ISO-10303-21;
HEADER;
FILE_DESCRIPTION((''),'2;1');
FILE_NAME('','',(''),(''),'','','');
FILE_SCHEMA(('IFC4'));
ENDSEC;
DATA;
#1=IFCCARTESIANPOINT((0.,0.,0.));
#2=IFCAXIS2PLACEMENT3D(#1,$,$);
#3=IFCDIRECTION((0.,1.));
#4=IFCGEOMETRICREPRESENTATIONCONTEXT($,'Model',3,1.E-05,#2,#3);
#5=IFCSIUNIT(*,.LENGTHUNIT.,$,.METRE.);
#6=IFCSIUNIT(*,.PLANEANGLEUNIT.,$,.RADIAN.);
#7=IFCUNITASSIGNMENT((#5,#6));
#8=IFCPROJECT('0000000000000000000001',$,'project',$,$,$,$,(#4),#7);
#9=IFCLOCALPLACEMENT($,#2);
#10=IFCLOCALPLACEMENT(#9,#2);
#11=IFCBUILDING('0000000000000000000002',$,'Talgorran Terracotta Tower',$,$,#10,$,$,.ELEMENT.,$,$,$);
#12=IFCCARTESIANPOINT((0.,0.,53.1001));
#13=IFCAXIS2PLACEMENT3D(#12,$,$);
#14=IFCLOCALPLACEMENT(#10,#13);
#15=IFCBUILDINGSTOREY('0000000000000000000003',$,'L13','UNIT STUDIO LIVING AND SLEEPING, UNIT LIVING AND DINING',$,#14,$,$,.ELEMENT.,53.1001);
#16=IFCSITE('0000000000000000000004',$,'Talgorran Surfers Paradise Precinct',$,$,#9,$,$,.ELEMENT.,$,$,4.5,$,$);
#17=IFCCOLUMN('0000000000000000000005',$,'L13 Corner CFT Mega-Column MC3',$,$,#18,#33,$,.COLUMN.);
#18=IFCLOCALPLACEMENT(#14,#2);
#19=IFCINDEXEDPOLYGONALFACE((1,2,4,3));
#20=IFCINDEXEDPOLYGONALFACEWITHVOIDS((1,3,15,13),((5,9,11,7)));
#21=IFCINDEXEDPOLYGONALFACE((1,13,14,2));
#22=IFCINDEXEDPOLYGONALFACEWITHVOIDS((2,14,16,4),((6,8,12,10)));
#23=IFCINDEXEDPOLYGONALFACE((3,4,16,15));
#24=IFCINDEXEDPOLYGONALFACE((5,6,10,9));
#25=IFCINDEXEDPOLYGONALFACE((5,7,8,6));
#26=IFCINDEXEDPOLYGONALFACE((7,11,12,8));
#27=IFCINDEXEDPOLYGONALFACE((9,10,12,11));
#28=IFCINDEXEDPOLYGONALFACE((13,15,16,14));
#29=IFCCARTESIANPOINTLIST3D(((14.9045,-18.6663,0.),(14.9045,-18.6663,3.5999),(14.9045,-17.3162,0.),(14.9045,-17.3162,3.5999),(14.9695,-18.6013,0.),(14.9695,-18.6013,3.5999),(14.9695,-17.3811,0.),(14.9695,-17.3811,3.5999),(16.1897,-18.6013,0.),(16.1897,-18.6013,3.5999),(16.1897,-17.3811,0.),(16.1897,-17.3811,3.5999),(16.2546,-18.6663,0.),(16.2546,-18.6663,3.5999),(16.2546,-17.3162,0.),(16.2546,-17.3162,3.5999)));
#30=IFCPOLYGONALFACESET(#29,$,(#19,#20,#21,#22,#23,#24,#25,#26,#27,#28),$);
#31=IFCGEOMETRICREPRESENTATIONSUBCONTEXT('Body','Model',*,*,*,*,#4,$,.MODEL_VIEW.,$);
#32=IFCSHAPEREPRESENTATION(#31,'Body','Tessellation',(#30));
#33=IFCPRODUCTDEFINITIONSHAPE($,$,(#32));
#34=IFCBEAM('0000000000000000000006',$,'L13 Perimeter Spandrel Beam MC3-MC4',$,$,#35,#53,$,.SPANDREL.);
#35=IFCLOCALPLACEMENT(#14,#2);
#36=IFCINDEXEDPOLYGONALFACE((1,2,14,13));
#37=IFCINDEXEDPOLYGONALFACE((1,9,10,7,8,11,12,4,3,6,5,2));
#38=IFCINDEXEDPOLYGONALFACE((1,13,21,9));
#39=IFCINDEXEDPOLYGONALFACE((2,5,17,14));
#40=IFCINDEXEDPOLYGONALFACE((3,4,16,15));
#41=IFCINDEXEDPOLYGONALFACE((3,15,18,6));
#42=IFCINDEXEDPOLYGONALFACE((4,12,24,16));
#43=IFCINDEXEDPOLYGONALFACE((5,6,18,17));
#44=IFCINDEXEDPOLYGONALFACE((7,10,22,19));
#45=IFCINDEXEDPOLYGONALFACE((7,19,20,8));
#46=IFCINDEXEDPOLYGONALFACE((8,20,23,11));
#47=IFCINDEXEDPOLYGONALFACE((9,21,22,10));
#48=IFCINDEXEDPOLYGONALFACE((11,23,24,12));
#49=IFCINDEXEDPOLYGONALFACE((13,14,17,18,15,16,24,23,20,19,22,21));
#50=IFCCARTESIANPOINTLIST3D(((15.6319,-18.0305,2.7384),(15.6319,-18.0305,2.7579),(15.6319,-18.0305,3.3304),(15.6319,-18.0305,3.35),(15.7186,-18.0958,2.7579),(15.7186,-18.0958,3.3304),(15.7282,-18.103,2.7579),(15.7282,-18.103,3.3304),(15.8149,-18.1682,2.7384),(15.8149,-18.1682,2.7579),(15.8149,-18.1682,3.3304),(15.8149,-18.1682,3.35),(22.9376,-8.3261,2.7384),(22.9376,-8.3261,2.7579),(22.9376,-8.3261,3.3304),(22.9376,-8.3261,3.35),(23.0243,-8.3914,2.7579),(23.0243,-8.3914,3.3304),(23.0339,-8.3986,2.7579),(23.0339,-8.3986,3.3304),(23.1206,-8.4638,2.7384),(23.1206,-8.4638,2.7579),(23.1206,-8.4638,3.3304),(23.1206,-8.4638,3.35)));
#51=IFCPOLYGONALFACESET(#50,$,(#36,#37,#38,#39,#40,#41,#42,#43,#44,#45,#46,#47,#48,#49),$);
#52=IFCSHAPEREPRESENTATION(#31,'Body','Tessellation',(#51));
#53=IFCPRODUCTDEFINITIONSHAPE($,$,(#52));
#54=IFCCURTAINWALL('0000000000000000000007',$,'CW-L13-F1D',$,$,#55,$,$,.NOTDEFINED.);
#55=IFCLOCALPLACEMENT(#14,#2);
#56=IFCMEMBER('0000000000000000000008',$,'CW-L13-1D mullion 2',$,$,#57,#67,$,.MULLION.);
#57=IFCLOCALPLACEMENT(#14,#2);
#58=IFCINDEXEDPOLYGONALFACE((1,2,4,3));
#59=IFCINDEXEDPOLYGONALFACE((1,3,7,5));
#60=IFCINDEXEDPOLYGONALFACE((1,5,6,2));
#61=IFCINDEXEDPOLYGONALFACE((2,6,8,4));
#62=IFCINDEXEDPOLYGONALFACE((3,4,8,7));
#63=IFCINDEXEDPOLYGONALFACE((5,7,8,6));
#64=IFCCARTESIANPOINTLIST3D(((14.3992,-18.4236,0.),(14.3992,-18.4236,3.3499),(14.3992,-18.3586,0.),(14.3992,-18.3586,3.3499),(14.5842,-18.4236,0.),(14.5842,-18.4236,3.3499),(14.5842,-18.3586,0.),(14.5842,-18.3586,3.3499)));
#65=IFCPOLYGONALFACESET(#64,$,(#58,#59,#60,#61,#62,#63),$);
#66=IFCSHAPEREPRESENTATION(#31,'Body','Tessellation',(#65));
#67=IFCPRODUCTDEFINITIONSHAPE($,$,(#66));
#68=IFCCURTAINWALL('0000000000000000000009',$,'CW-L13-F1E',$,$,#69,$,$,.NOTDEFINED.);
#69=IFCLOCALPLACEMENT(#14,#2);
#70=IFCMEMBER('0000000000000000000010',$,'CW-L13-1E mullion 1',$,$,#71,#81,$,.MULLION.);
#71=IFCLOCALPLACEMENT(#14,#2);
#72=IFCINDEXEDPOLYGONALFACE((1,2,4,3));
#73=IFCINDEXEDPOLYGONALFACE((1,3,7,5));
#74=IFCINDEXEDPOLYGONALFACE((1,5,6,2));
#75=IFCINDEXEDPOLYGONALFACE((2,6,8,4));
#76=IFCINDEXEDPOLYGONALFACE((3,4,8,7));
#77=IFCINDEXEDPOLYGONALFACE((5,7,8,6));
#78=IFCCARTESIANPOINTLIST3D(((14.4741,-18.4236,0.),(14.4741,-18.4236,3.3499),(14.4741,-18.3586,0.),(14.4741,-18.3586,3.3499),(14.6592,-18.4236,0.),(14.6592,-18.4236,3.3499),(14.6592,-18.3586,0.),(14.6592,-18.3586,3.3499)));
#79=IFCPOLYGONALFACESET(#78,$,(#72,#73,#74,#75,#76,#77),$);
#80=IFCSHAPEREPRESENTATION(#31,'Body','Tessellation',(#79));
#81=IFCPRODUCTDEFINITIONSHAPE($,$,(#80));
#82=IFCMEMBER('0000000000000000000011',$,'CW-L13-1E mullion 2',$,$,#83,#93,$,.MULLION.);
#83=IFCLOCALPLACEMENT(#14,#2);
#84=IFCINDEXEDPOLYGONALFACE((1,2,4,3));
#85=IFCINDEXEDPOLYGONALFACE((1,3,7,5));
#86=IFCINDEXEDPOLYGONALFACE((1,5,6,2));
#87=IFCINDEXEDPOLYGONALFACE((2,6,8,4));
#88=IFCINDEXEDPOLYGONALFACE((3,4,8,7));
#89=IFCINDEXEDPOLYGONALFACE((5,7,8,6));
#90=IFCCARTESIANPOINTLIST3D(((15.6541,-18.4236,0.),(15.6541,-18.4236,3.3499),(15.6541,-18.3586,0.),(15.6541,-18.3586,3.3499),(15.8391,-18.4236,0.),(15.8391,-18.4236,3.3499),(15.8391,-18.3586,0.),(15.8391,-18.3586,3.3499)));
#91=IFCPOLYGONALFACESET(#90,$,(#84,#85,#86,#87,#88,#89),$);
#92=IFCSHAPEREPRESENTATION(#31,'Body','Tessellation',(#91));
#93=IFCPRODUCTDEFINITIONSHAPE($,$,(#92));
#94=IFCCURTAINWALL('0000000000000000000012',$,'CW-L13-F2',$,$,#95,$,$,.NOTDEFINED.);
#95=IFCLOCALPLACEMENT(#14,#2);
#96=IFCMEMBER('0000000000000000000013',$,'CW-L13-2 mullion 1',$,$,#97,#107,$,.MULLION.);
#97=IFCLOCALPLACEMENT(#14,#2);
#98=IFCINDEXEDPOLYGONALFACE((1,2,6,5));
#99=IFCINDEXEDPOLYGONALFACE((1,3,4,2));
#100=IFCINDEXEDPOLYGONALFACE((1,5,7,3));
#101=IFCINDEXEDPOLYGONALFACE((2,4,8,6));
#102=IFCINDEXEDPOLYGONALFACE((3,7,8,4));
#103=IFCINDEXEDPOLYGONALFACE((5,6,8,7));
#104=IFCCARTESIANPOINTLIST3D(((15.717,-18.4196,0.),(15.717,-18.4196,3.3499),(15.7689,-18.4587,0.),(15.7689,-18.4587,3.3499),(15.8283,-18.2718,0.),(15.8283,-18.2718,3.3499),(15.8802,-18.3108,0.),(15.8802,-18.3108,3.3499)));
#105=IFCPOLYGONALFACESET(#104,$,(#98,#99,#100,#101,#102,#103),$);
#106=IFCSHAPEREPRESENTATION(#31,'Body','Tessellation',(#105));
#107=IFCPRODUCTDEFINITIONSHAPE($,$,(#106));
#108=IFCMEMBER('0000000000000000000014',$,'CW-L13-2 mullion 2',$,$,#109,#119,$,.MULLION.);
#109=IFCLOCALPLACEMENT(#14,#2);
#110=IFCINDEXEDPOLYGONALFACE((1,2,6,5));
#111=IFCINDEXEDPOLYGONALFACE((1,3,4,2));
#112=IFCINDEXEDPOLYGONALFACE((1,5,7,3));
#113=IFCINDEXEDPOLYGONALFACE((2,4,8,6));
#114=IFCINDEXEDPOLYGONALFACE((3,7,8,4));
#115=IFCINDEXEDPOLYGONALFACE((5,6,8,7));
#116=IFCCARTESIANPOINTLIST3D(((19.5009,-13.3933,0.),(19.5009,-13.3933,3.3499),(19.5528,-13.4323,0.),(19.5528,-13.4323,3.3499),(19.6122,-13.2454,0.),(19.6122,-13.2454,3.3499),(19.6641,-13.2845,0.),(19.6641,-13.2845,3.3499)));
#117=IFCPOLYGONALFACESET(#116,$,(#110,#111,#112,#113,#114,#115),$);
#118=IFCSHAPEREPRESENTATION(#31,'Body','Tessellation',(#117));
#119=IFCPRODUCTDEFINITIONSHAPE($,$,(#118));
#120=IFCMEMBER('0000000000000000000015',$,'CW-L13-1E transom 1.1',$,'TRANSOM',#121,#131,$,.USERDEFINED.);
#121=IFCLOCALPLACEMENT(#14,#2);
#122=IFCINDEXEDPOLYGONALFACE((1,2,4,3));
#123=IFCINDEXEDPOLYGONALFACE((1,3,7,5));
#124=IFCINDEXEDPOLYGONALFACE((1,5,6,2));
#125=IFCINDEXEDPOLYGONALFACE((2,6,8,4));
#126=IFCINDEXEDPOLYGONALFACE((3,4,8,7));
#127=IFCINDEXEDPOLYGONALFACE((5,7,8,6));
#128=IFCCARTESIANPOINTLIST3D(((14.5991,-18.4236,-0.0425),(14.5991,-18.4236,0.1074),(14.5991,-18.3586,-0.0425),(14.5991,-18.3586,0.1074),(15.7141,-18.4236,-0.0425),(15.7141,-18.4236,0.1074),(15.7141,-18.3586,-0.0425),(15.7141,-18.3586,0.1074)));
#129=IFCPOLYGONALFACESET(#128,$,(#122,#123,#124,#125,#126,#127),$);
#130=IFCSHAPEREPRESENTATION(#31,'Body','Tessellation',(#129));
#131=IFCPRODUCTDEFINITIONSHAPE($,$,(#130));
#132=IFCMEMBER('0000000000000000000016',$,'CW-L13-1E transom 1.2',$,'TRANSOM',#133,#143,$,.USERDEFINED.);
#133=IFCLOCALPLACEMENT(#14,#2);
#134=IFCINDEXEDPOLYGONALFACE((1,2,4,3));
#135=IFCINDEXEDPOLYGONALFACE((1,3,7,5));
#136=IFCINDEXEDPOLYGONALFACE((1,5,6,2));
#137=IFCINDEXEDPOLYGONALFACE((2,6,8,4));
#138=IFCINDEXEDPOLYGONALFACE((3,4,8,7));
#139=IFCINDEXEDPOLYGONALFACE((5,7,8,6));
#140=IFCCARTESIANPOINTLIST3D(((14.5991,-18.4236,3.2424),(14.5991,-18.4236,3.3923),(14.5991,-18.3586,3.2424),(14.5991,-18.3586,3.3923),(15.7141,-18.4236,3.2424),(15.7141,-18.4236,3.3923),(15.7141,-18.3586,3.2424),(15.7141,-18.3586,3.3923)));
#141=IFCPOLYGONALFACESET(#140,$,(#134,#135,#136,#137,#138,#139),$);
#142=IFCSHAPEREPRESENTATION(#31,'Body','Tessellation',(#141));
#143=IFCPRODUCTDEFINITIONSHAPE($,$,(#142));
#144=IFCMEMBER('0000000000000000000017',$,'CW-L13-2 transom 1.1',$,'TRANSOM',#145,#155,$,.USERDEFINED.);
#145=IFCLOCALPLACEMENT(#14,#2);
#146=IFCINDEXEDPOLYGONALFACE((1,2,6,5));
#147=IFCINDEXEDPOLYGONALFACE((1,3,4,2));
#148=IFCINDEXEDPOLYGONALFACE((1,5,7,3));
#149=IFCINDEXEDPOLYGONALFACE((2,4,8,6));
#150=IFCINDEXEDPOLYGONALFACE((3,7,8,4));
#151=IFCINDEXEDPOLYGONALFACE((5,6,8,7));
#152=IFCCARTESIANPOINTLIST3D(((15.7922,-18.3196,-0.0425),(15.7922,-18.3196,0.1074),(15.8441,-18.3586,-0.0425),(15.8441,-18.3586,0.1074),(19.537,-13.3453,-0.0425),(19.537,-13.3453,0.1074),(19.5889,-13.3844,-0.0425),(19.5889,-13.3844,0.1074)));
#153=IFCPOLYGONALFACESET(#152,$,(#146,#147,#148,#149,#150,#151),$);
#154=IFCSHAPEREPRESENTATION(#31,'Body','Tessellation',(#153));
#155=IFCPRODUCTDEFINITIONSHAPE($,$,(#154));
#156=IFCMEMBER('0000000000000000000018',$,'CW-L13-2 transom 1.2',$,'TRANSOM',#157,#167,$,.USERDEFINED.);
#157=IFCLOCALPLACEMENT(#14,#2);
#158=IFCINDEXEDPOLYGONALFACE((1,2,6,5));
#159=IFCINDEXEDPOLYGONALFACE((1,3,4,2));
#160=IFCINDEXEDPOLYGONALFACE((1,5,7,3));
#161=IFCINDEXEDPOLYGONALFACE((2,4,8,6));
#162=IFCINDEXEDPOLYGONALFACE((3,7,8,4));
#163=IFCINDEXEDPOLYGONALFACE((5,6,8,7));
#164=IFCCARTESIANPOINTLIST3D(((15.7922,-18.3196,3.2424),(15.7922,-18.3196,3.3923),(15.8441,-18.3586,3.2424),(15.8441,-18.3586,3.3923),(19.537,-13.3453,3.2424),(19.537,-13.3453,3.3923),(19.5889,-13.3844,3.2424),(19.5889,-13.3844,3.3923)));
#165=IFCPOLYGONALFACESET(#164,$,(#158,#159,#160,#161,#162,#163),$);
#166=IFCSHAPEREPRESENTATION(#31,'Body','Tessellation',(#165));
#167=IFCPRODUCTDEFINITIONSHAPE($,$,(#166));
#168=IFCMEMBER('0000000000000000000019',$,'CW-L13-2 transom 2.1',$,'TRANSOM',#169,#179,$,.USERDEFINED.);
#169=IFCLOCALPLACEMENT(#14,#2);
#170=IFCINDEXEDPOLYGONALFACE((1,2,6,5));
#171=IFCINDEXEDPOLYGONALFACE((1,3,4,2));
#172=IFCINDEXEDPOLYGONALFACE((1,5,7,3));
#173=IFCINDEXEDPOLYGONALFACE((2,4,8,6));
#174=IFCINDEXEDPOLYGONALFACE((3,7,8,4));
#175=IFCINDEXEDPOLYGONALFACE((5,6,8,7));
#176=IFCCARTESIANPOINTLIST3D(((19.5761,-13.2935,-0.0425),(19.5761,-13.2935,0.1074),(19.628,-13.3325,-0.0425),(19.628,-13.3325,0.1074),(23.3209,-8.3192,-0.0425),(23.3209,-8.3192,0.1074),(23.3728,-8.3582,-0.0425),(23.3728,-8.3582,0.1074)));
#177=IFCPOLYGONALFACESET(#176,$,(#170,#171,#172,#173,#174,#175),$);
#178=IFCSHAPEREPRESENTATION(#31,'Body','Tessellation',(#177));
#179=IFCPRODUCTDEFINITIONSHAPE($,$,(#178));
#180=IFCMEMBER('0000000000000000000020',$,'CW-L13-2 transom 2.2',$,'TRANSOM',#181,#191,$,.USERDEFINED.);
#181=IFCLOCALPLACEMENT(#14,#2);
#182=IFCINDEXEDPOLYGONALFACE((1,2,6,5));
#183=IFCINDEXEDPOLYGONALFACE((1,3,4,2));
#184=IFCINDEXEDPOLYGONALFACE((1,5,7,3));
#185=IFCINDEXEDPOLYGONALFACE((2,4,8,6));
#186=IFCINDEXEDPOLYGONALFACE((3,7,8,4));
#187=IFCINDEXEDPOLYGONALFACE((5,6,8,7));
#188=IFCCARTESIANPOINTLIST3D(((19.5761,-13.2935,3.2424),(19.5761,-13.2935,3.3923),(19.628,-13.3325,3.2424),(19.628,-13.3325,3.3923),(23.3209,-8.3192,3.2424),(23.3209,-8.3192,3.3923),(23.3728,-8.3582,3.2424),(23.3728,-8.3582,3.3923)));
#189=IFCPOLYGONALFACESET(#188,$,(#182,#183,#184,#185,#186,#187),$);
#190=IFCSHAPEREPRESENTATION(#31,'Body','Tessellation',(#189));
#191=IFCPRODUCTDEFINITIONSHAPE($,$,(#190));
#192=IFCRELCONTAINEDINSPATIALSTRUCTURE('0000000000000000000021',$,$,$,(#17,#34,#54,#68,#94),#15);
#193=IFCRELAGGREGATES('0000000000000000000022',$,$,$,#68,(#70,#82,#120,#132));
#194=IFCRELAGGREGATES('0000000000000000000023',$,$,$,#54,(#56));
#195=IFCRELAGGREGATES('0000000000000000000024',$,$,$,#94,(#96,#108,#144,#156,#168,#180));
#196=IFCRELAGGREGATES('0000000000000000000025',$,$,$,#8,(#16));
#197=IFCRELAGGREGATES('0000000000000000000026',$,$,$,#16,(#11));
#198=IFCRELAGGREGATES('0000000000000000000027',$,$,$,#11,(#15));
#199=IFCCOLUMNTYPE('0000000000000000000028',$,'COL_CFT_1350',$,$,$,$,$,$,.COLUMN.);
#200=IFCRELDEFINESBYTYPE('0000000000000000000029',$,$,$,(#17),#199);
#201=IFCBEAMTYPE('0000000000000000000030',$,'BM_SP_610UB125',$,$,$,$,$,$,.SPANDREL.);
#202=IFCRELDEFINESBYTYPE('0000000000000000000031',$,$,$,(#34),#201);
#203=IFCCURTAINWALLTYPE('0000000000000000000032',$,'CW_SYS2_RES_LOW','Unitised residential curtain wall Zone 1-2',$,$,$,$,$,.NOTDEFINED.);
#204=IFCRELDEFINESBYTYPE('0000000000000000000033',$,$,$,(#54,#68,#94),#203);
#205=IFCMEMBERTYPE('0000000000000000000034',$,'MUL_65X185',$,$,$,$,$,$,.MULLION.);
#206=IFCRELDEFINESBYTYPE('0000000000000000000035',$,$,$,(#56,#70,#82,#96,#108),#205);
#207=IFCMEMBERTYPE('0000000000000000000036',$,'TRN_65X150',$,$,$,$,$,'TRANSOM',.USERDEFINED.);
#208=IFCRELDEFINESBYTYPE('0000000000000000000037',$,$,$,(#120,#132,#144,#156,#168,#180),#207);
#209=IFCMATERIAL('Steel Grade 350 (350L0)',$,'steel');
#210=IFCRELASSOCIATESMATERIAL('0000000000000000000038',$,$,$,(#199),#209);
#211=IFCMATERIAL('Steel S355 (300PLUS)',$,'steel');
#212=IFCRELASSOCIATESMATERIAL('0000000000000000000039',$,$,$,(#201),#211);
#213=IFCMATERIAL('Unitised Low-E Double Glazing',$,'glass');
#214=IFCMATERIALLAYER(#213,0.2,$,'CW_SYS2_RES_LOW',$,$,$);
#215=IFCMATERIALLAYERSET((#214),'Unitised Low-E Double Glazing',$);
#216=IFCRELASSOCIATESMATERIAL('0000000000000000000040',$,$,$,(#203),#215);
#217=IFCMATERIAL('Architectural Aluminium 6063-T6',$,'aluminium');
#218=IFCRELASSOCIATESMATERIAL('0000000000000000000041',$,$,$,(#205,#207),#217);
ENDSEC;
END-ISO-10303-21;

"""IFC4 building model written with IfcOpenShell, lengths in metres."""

from ifc_helpers import new_model, si_unit, direction, frame, origin, origin_2d, place, context, subcontext, project, spatial, rectangle, hollow_rectangle, i_section, extrude, material, layer, layer_set, material_profile, profile_set, type_object, element, aggregate, save


model = new_model("IFC4")

# Units and contexts
model_context = context("Model", 3, precision=1e-05, world=origin(), true_north=direction((0.0, 1.0)))
body_context = subcontext(model_context, "Body", "Model", "MODEL_VIEW")
ifc_project = project(units=[si_unit("LENGTHUNIT", "METRE"), si_unit("PLANEANGLEUNIT", "RADIAN")], contexts=[model_context])

# Site, building, storey
site_placement = place(None, origin())
site = spatial("IfcSite", under=ifc_project, at=site_placement, Name="Talgorran Surfers Paradise Precinct", CompositionType="ELEMENT", RefElevation=4.5)
building_placement = place(site_placement, origin())
building = spatial("IfcBuilding", under=site, at=building_placement, Name="Talgorran Terracotta Tower", CompositionType="ELEMENT")
storey_placement = place(building_placement, frame((0.0, 0.0, 53.1001)))
storey = spatial("IfcBuildingStorey", under=building, at=storey_placement, Name="L13", Description="UNIT STUDIO LIVING AND SLEEPING, UNIT LIVING AND DINING", CompositionType="ELEMENT", Elevation=53.1001)

# Column
ifc_material_1 = material(Name="Steel Grade 350 (350L0)", Category="steel")
ifc_material_profile_1 = material_profile(ifc_material_1, hollow_rectangle(XDim=1.3501, YDim=1.3501, WallThickness=0.0649, at=origin_2d()), Name="CFT1350X1350X65")
ifc_profile_set_1 = profile_set([ifc_material_profile_1], Name="Steel Grade 350 (350L0)")
column_type = type_object("IfcColumnType", Name="COL_CFT_1350", PredefinedType="COLUMN", material=ifc_profile_set_1)
column_placement = place(storey_placement, frame((15.5796, -17.9912, 0.0), z_axis=(0.0, 0.0, 1.0), x_axis=(1.0, 0.0, 0.0)))
element("IfcColumn", 1, at=column_placement, inside=storey, type_object=column_type, Name="L13 Corner CFT Mega-Column MC3", PredefinedType="COLUMN", context=body_context, shape_type="SweptSolid", body=[
    extrude(hollow_rectangle(XDim=1.3501, YDim=1.3501, WallThickness=0.0649, at=origin_2d()), origin(), (0.0, 0.0, 1.0), 3.5999),
])

# Beam
ifc_material_2 = material(Name="Steel S355 (300PLUS)", Category="steel")
ifc_material_profile_2 = material_profile(ifc_material_2, i_section(OverallWidth=0.229, OverallDepth=0.6116, WebThickness=0.012, FlangeThickness=0.0195, at=origin_2d()), Name="610UB125")
ifc_profile_set_2 = profile_set([ifc_material_profile_2], Name="Steel S355 (300PLUS)")
beam_type = type_object("IfcBeamType", Name="BM_SP_610UB125", PredefinedType="SPANDREL", material=ifc_profile_set_2)
beam_placement = place(storey_placement, frame((15.7234, -18.0994, 3.0442), z_axis=(0.601443, 0.798916, 0.0), x_axis=(-0.798916, 0.601443, 0.0)))
element("IfcBeam", 2, at=beam_placement, inside=storey, type_object=beam_type, Name="L13 Perimeter Spandrel Beam MC3-MC4", PredefinedType="SPANDREL", context=body_context, shape_type="SweptSolid", body=[
    extrude(i_section(OverallWidth=0.229, OverallDepth=0.6116, WebThickness=0.012, FlangeThickness=0.0195, at=origin_2d()), origin(), (0.0, 0.0, 1.0), 12.147),
])

# Curtain wall, member
ifc_material_3 = material(Name="Unitised Low-E Double Glazing", Category="glass")
ifc_layer_1 = layer(ifc_material_3, 0.2, Name="CW_SYS2_RES_LOW")
ifc_layer_set_1 = layer_set([ifc_layer_1], Name="Unitised Low-E Double Glazing")
curtain_wall_type = type_object("IfcCurtainWallType", Name="CW_SYS2_RES_LOW", Description="Unitised residential curtain wall Zone 1-2", PredefinedType="NOTDEFINED", material=ifc_layer_set_1)
curtain_wall_1_placement = place(storey_placement, origin())
curtain_wall_1 = element("IfcCurtainWall", 3, at=curtain_wall_1_placement, inside=storey, type_object=curtain_wall_type, Name="CW-L13-F1D", PredefinedType="NOTDEFINED")
ifc_material_4 = material(Name="Architectural Aluminium 6063-T6", Category="aluminium")
ifc_material_profile_3 = material_profile(ifc_material_4, rectangle(XDim=0.0649, YDim=0.1851, at=origin_2d()), Name="CWM65X185")
ifc_profile_set_3 = profile_set([ifc_material_profile_3], Name="Architectural Aluminium 6063-T6")
member_type_1 = type_object("IfcMemberType", Name="MUL_65X185", PredefinedType="MULLION", material=ifc_profile_set_3)
member_1_placement = place(storey_placement, frame((14.4917, -18.3911, 0.0), z_axis=(0.0, 0.0, 1.0), x_axis=(0.0, 1.0, 0.0)))
member_1 = element("IfcMember", 4, at=member_1_placement, type_object=member_type_1, Name="CW-L13-1D mullion 2", PredefinedType="MULLION", context=body_context, shape_type="SweptSolid", body=[
    extrude(rectangle(XDim=0.0649, YDim=0.1851, at=origin_2d()), origin(), (0.0, 0.0, 1.0), 3.3499),
])

# Curtain walls, members
curtain_wall_2_placement = place(storey_placement, origin())
curtain_wall_2 = element("IfcCurtainWall", 5, at=curtain_wall_2_placement, inside=storey, type_object=curtain_wall_type, Name="CW-L13-F1E", PredefinedType="NOTDEFINED")
member_2_placement = place(storey_placement, frame((14.5667, -18.3911, 0.0), z_axis=(0.0, 0.0, 1.0), x_axis=(0.0, 1.0, 0.0)))
member_2 = element("IfcMember", 6, at=member_2_placement, type_object=member_type_1, Name="CW-L13-1E mullion 1", PredefinedType="MULLION", context=body_context, shape_type="SweptSolid", body=[
    extrude(rectangle(XDim=0.0649, YDim=0.1851, at=origin_2d()), origin(), (0.0, 0.0, 1.0), 3.3499),
])
member_3_placement = place(storey_placement, frame((15.7466, -18.3911, 0.0), z_axis=(0.0, 0.0, 1.0), x_axis=(0.0, 1.0, 0.0)))
member_3 = element("IfcMember", 7, at=member_3_placement, type_object=member_type_1, Name="CW-L13-1E mullion 2", PredefinedType="MULLION", context=body_context, shape_type="SweptSolid", body=[
    extrude(rectangle(XDim=0.0649, YDim=0.1851, at=origin_2d()), origin(), (0.0, 0.0, 1.0), 3.3499),
])
curtain_wall_3_placement = place(storey_placement, origin())
curtain_wall_3 = element("IfcCurtainWall", 8, at=curtain_wall_3_placement, inside=storey, type_object=curtain_wall_type, Name="CW-L13-F2", PredefinedType="NOTDEFINED")
member_4_placement = place(storey_placement, frame((15.7986, -18.3652, 0.0), z_axis=(0.0, 0.0, 1.0), x_axis=(-0.798916, 0.601442, 0.0)))
member_4 = element("IfcMember", 9, at=member_4_placement, type_object=member_type_1, Name="CW-L13-2 mullion 1", PredefinedType="MULLION", context=body_context, shape_type="SweptSolid", body=[
    extrude(rectangle(XDim=0.0649, YDim=0.1851, at=origin_2d()), origin(), (0.0, 0.0, 1.0), 3.3499),
])
member_5_placement = place(storey_placement, frame((19.5825, -13.3389, 0.0), z_axis=(0.0, 0.0, 1.0), x_axis=(-0.798916, 0.601442, 0.0)))
member_5 = element("IfcMember", 10, at=member_5_placement, type_object=member_type_1, Name="CW-L13-2 mullion 2", PredefinedType="MULLION", context=body_context, shape_type="SweptSolid", body=[
    extrude(rectangle(XDim=0.0649, YDim=0.1851, at=origin_2d()), origin(), (0.0, 0.0, 1.0), 3.3499),
])

# Members
ifc_material_profile_4 = material_profile(ifc_material_4, rectangle(XDim=0.0649, YDim=0.1499, at=origin_2d()), Name="CWT65X150")
ifc_profile_set_4 = profile_set([ifc_material_profile_4], Name="Architectural Aluminium 6063-T6")
member_type_2 = type_object("IfcMemberType", Name="TRN_65X150", ElementType="TRANSOM", PredefinedType="USERDEFINED", material=ifc_profile_set_4)
member_6_placement = place(storey_placement, frame((14.5991, -18.3911, 0.0325), z_axis=(1.0, 0.0, 0.0), x_axis=(0.0, 1.0, 0.0)))
member_6 = element("IfcMember", 11, at=member_6_placement, type_object=member_type_2, Name="CW-L13-1E transom 1.1", ObjectType="TRANSOM", PredefinedType="USERDEFINED", context=body_context, shape_type="SweptSolid", body=[
    extrude(rectangle(XDim=0.0649, YDim=0.1499, at=origin_2d()), origin(), (0.0, 0.0, 1.0), 1.115),
])
member_7_placement = place(storey_placement, frame((14.5991, -18.3911, 3.3174), z_axis=(1.0, 0.0, 0.0), x_axis=(0.0, 1.0, 0.0)))
member_7 = element("IfcMember", 12, at=member_7_placement, type_object=member_type_2, Name="CW-L13-1E transom 1.2", ObjectType="TRANSOM", PredefinedType="USERDEFINED", context=body_context, shape_type="SweptSolid", body=[
    extrude(rectangle(XDim=0.0649, YDim=0.1499, at=origin_2d()), origin(), (0.0, 0.0, 1.0), 1.115),
])
member_8_placement = place(storey_placement, frame((15.8181, -18.3391, 0.0325), z_axis=(0.601448, 0.798912, 0.0), x_axis=(-0.798912, 0.601448, 0.0)))
member_8 = element("IfcMember", 13, at=member_8_placement, type_object=member_type_2, Name="CW-L13-2 transom 1.1", ObjectType="TRANSOM", PredefinedType="USERDEFINED", context=body_context, shape_type="SweptSolid", body=[
    extrude(rectangle(XDim=0.0649, YDim=0.1499, at=origin_2d()), origin(), (0.0, 0.0, 1.0), 6.2263),
])
member_9_placement = place(storey_placement, frame((15.8181, -18.3391, 3.3174), z_axis=(0.601448, 0.798912, 0.0), x_axis=(-0.798912, 0.601448, 0.0)))
member_9 = element("IfcMember", 14, at=member_9_placement, type_object=member_type_2, Name="CW-L13-2 transom 1.2", ObjectType="TRANSOM", PredefinedType="USERDEFINED", context=body_context, shape_type="SweptSolid", body=[
    extrude(rectangle(XDim=0.0649, YDim=0.1499, at=origin_2d()), origin(), (0.0, 0.0, 1.0), 6.2263),
])
member_10_placement = place(storey_placement, frame((19.6021, -13.313, 0.0325), z_axis=(0.601448, 0.798912, 0.0), x_axis=(-0.798912, 0.601448, 0.0)))
member_10 = element("IfcMember", 15, at=member_10_placement, type_object=member_type_2, Name="CW-L13-2 transom 2.1", ObjectType="TRANSOM", PredefinedType="USERDEFINED", context=body_context, shape_type="SweptSolid", body=[
    extrude(rectangle(XDim=0.0649, YDim=0.1499, at=origin_2d()), origin(), (0.0, 0.0, 1.0), 6.2263),
])
member_11_placement = place(storey_placement, frame((19.6021, -13.313, 3.3174), z_axis=(0.601448, 0.798912, 0.0), x_axis=(-0.798912, 0.601448, 0.0)))
member_11 = element("IfcMember", 16, at=member_11_placement, type_object=member_type_2, Name="CW-L13-2 transom 2.2", ObjectType="TRANSOM", PredefinedType="USERDEFINED", context=body_context, shape_type="SweptSolid", body=[
    extrude(rectangle(XDim=0.0649, YDim=0.1499, at=origin_2d()), origin(), (0.0, 0.0, 1.0), 6.2263),
])

aggregate(curtain_wall_2, [member_2, member_3, member_6, member_7])
aggregate(curtain_wall_1, [member_1])
aggregate(curtain_wall_3, [member_4, member_5, member_8, member_9, member_10, member_11])

save(model, "model.ifc")
